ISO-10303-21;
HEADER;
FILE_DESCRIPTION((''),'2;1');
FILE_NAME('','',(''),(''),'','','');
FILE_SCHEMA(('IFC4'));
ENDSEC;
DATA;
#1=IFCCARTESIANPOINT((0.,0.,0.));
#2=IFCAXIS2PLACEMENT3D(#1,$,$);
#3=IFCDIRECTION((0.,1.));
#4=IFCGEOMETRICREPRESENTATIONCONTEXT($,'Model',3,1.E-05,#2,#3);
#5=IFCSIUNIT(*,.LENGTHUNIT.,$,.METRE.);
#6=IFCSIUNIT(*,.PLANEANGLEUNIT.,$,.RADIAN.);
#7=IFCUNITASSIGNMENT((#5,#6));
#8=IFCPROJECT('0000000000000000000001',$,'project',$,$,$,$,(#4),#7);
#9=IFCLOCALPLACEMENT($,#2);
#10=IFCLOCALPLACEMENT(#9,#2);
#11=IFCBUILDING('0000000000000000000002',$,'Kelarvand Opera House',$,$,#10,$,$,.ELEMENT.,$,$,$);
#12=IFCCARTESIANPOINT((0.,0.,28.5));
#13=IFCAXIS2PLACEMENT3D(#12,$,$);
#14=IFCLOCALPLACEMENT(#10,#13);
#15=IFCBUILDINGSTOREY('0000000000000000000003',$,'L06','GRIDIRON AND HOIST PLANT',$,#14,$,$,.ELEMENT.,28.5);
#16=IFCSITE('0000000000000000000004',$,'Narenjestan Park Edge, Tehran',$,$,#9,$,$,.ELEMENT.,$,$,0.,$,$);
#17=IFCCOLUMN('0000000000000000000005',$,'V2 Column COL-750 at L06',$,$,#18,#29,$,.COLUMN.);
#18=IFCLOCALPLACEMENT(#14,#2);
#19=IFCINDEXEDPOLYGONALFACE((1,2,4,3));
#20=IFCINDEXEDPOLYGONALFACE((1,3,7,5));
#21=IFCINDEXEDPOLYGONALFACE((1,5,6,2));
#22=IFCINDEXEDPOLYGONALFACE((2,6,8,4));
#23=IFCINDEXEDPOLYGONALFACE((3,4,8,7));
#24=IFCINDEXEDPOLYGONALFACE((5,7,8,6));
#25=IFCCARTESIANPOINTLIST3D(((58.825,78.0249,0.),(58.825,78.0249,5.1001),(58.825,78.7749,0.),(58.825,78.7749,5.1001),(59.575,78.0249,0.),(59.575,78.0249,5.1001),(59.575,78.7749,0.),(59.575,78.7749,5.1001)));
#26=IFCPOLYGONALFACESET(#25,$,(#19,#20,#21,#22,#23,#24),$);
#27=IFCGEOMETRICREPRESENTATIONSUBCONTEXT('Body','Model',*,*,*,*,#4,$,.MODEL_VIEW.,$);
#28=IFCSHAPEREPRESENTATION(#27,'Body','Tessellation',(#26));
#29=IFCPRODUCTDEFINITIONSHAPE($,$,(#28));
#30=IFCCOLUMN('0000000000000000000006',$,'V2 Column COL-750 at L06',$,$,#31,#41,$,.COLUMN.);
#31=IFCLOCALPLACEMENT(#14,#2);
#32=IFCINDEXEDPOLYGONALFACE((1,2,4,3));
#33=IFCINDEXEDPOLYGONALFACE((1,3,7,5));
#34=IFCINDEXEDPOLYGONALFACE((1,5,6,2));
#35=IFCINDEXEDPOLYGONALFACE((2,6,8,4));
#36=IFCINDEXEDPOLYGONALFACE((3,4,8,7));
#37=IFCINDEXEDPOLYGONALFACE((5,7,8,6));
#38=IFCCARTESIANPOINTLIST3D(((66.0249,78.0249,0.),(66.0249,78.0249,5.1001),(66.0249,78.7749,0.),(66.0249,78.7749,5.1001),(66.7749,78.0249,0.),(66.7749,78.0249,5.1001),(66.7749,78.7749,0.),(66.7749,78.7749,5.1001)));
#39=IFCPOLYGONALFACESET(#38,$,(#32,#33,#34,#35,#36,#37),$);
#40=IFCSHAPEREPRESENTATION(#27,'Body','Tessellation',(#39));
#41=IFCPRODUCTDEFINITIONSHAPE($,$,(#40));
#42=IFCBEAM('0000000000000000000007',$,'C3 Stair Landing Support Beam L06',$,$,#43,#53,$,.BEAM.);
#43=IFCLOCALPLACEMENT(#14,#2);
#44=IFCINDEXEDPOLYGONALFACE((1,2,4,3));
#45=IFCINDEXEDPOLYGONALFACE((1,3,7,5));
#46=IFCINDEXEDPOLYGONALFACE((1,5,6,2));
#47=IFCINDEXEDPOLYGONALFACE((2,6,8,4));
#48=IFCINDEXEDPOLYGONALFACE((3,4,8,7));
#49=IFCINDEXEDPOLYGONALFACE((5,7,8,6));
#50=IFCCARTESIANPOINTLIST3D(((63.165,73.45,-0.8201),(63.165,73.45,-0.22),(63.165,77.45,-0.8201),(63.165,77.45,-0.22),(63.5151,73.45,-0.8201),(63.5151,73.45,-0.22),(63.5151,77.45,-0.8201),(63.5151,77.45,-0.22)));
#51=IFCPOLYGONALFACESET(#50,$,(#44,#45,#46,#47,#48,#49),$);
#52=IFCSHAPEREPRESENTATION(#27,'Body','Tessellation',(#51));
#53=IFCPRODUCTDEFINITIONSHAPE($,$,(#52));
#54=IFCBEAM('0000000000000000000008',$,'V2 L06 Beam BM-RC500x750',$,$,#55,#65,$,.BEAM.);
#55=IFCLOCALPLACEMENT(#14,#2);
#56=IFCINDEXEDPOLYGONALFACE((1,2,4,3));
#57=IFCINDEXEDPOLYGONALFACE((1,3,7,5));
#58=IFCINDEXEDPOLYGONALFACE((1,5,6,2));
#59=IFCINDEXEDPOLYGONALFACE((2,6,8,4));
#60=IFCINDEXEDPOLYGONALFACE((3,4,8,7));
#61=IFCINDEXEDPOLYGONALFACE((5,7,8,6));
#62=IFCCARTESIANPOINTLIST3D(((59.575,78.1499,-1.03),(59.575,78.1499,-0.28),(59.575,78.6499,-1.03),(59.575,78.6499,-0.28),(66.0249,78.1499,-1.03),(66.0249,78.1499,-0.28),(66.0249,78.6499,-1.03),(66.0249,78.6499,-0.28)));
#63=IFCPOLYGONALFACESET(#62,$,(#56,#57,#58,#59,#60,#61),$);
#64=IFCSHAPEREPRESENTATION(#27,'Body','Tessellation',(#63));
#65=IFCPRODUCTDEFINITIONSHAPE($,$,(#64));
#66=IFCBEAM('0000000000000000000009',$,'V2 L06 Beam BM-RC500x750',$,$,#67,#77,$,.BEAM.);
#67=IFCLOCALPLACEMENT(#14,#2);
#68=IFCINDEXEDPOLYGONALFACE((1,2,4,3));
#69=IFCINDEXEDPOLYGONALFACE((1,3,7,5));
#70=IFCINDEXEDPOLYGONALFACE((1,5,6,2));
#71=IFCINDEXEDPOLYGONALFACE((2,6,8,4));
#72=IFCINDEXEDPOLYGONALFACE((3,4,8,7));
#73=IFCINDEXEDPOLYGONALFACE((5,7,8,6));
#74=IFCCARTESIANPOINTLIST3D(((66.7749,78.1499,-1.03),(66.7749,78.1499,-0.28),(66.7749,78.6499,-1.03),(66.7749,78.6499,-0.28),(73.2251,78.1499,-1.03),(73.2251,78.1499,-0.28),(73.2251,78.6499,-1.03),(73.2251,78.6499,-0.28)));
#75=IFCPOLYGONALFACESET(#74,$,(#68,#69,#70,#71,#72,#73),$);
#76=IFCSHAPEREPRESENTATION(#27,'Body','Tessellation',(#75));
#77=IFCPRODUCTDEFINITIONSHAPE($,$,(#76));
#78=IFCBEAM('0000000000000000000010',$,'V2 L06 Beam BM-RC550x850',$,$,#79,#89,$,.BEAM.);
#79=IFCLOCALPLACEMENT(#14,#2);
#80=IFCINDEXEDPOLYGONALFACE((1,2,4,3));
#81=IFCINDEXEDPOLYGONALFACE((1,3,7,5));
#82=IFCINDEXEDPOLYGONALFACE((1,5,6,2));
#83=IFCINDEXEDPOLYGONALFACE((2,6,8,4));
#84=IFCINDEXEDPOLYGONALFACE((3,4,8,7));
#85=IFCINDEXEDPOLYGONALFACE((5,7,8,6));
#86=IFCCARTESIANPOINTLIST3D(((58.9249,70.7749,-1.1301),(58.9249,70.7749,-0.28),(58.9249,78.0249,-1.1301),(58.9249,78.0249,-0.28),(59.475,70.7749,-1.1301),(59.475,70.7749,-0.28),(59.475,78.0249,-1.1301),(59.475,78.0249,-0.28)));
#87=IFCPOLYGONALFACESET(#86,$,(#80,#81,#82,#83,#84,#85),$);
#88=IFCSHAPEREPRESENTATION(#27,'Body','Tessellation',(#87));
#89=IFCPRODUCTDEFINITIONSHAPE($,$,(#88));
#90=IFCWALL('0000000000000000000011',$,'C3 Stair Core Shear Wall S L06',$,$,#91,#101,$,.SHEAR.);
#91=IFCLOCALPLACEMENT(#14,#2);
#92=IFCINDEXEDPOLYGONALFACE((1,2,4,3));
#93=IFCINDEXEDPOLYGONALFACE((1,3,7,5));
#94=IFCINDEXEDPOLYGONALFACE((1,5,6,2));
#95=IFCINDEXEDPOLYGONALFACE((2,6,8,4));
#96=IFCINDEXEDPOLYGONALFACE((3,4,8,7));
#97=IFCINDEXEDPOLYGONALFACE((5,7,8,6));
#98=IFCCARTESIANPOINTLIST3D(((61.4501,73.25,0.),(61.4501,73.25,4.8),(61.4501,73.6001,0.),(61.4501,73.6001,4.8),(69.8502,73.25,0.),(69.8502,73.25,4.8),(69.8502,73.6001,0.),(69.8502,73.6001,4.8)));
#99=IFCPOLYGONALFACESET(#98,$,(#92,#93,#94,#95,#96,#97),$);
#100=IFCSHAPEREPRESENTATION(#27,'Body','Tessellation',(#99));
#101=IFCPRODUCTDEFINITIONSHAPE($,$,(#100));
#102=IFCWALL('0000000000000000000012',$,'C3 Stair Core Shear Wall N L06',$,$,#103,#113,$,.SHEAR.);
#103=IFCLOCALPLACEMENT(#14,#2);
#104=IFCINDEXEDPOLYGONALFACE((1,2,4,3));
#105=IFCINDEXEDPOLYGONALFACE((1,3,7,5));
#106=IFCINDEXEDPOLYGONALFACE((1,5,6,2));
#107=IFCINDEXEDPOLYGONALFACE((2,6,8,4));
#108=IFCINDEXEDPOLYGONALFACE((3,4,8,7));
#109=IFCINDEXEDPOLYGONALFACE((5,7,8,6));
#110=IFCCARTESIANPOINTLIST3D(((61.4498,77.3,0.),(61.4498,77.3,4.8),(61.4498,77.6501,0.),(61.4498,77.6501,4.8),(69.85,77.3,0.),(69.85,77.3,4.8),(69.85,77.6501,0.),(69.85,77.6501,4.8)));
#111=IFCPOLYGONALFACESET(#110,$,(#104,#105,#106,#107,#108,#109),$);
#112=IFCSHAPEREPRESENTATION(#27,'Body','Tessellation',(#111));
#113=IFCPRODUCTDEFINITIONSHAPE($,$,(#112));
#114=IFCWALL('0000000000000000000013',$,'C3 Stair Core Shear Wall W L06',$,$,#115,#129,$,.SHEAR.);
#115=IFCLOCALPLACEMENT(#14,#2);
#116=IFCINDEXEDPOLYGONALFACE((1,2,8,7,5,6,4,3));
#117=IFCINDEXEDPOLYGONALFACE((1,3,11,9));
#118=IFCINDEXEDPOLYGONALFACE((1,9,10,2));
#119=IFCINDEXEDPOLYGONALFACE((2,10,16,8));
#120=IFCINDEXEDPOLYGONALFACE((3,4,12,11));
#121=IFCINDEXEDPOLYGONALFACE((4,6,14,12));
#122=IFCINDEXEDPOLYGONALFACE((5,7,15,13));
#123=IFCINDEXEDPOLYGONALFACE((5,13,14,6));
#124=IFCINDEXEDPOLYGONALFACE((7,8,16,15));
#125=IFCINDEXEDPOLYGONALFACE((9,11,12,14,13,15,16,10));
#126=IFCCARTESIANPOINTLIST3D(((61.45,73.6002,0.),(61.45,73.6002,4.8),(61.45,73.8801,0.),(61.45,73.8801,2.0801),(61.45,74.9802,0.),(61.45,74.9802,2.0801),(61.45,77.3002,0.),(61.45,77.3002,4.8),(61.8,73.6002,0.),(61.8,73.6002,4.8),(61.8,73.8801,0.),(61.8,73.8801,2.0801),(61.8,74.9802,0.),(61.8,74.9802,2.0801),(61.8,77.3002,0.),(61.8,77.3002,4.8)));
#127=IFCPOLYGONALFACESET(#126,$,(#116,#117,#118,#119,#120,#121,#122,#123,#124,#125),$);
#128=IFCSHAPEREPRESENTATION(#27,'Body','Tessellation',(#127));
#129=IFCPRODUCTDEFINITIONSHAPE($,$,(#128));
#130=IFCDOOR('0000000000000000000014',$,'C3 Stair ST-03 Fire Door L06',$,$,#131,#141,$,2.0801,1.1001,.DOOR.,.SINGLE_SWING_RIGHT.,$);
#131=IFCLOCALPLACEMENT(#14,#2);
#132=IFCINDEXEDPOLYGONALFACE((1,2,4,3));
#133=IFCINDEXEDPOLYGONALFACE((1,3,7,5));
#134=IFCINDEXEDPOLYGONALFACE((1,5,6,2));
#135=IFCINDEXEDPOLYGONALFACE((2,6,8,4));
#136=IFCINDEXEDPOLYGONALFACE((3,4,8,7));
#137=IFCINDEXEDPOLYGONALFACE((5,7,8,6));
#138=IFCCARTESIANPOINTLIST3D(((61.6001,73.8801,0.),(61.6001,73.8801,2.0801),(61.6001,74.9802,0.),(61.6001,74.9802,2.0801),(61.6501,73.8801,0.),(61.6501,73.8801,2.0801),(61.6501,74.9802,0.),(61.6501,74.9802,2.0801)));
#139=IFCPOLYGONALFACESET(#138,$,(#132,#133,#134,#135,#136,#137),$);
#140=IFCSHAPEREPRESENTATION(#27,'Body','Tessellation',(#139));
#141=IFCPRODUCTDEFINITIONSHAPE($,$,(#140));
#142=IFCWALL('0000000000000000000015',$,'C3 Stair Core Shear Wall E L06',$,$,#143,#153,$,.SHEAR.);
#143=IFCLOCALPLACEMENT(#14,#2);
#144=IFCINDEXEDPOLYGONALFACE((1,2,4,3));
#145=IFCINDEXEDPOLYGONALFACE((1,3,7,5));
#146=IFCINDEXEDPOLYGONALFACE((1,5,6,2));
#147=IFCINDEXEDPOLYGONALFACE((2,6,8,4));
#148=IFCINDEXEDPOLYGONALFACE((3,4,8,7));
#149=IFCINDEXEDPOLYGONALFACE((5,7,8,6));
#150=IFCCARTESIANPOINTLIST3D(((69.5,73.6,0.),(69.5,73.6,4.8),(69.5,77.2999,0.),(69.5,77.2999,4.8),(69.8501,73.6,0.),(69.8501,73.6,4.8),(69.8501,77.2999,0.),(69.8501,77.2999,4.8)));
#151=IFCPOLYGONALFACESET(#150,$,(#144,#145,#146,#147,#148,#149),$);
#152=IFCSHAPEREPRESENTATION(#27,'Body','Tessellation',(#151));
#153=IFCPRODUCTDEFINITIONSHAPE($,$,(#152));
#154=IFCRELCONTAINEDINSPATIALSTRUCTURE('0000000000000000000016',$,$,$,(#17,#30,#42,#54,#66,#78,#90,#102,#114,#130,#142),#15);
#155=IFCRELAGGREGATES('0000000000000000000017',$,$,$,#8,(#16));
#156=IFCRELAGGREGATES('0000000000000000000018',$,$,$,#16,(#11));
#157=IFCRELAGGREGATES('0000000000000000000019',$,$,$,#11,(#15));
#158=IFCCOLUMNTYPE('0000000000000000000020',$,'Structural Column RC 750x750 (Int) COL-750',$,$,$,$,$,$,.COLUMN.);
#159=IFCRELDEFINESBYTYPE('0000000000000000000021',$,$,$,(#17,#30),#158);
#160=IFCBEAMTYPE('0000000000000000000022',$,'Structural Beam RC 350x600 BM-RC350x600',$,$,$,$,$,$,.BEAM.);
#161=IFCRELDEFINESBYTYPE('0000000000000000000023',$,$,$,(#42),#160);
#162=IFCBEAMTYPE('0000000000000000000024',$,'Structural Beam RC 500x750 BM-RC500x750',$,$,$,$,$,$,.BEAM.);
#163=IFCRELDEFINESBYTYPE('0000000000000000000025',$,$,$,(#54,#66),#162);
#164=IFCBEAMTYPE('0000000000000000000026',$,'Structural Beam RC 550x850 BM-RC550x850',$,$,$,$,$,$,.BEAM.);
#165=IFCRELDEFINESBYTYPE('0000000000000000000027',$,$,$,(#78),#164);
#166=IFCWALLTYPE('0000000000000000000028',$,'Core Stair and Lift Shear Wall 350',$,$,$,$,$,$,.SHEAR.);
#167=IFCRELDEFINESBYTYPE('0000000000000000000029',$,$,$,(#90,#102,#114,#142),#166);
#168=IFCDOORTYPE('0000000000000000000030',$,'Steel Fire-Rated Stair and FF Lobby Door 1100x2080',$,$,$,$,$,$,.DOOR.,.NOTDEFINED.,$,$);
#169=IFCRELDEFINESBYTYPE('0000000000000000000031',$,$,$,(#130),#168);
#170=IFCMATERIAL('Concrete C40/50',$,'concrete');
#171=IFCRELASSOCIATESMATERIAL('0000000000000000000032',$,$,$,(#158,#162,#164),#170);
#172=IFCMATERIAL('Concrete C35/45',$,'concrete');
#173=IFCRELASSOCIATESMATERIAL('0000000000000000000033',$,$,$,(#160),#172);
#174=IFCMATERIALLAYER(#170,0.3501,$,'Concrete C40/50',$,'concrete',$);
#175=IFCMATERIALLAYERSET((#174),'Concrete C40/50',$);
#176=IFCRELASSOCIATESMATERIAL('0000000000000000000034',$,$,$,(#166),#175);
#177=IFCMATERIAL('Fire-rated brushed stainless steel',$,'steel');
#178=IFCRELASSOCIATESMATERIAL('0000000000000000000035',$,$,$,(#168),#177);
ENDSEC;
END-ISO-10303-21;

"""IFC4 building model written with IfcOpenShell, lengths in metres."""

from ifc_helpers import new_model, si_unit, direction, frame, frame_2d, origin, origin_2d, place, context, subcontext, project, spatial, rectangle, extrude, material, layer, layer_set, material_profile, profile_set, type_object, element, fill, save


model = new_model("IFC4")

# Units and contexts
model_context = context("Model", 3, precision=1e-05, world=origin(), true_north=direction((0.0, 1.0)))
body_context = subcontext(model_context, "Body", "Model", "MODEL_VIEW")
ifc_project = project(units=[si_unit("LENGTHUNIT", "METRE"), si_unit("PLANEANGLEUNIT", "RADIAN")], contexts=[model_context])

# Site, building, storey
site_placement = place(None, origin())
site = spatial("IfcSite", under=ifc_project, at=site_placement, Name="Narenjestan Park Edge, Tehran", CompositionType="ELEMENT", RefElevation=0.0)
building_placement = place(site_placement, origin())
building = spatial("IfcBuilding", under=site, at=building_placement, Name="Kelarvand Opera House", CompositionType="ELEMENT")
storey_placement = place(building_placement, frame((0.0, 0.0, 28.5)))
storey = spatial("IfcBuildingStorey", under=building, at=storey_placement, Name="L06", Description="GRIDIRON AND HOIST PLANT", CompositionType="ELEMENT", Elevation=28.5)

# Columns
ifc_material_1 = material(Name="Concrete C40/50", Category="concrete")
ifc_material_profile_1 = material_profile(ifc_material_1, rectangle(XDim=0.75, YDim=0.75, at=origin_2d()), Name="RC 750x750", Category="concrete")
ifc_profile_set_1 = profile_set([ifc_material_profile_1], Name="Concrete C40/50")
column_type = type_object("IfcColumnType", Name="Structural Column RC 750x750 (Int) COL-750", PredefinedType="COLUMN", material=ifc_profile_set_1)
for number, where, z_axis, x_axis, name in (
    (1, (59.2, 78.3999, 0.0), (0.0, 0.0, 1.0), (1.0, 0.0, 0.0), "V2 Column COL-750 at L06"),
    (2, (66.3999, 78.3999, 0.0), (0.0, 0.0, 1.0), (1.0, 0.0, 0.0), "V2 Column COL-750 at L06"),
):
    element("IfcColumn", number, at=place(storey_placement, frame(where, z_axis=z_axis, x_axis=x_axis)), inside=storey, type_object=column_type, Name=name, PredefinedType="COLUMN", context=body_context, shape_type="SweptSolid", body=[
        extrude(rectangle(XDim=0.75, YDim=0.75, at=origin_2d()), origin(), (0.0, 0.0, 1.0), 5.1001),
    ])

# Beams
ifc_material_2 = material(Name="Concrete C35/45", Category="concrete")
ifc_material_profile_2 = material_profile(ifc_material_2, rectangle(XDim=0.3501, YDim=0.6001, at=origin_2d()), Name="RC 350x600", Category="concrete")
ifc_profile_set_2 = profile_set([ifc_material_profile_2], Name="Concrete C35/45")
beam_type_1 = type_object("IfcBeamType", Name="Structural Beam RC 350x600 BM-RC350x600", PredefinedType="BEAM", material=ifc_profile_set_2)
beam_1_placement = place(storey_placement, frame((63.3401, 73.45, -0.52), z_axis=(0.0, 1.0, 0.0), x_axis=(-1.0, 0.0, 0.0)))
element("IfcBeam", 3, at=beam_1_placement, inside=storey, type_object=beam_type_1, Name="C3 Stair Landing Support Beam L06", PredefinedType="BEAM", context=body_context, shape_type="SweptSolid", body=[
    extrude(rectangle(XDim=0.3501, YDim=0.6001, at=origin_2d()), origin(), (0.0, 0.0, 1.0), 4.0),
])
ifc_material_profile_3 = material_profile(ifc_material_1, rectangle(XDim=0.5, YDim=0.75, at=origin_2d()), Name="RC 500x750", Category="concrete")
ifc_profile_set_3 = profile_set([ifc_material_profile_3], Name="Concrete C40/50")
beam_type_2 = type_object("IfcBeamType", Name="Structural Beam RC 500x750 BM-RC500x750", PredefinedType="BEAM", material=ifc_profile_set_3)
beam_2_placement = place(storey_placement, frame((59.575, 78.3999, -0.655), z_axis=(1.0, 0.0, 0.0), x_axis=(0.0, 1.0, 0.0)))
element("IfcBeam", 4, at=beam_2_placement, inside=storey, type_object=beam_type_2, Name="V2 L06 Beam BM-RC500x750", PredefinedType="BEAM", context=body_context, shape_type="SweptSolid", body=[
    extrude(rectangle(XDim=0.5, YDim=0.75, at=origin_2d()), origin(), (0.0, 0.0, 1.0), 6.45),
])
beam_3_placement = place(storey_placement, frame((66.7749, 78.3999, -0.655), z_axis=(1.0, 0.0, 0.0), x_axis=(0.0, 1.0, 0.0)))
element("IfcBeam", 5, at=beam_3_placement, inside=storey, type_object=beam_type_2, Name="V2 L06 Beam BM-RC500x750", PredefinedType="BEAM", context=body_context, shape_type="SweptSolid", body=[
    extrude(rectangle(XDim=0.5, YDim=0.75, at=origin_2d()), origin(), (0.0, 0.0, 1.0), 6.4502),
])
ifc_material_profile_4 = material_profile(ifc_material_1, rectangle(XDim=0.55, YDim=0.8501, at=origin_2d()), Name="RC 550x850", Category="concrete")
ifc_profile_set_4 = profile_set([ifc_material_profile_4], Name="Concrete C40/50")
beam_type_3 = type_object("IfcBeamType", Name="Structural Beam RC 550x850 BM-RC550x850", PredefinedType="BEAM", material=ifc_profile_set_4)
beam_4_placement = place(storey_placement, frame((59.2, 70.7749, -0.7051), z_axis=(0.0, 1.0, 0.0), x_axis=(-1.0, 0.0, 0.0)))
element("IfcBeam", 6, at=beam_4_placement, inside=storey, type_object=beam_type_3, Name="V2 L06 Beam BM-RC550x850", PredefinedType="BEAM", context=body_context, shape_type="SweptSolid", body=[
    extrude(rectangle(XDim=0.55, YDim=0.8501, at=origin_2d()), origin(), (0.0, 0.0, 1.0), 7.25),
])

# Walls
ifc_layer_1 = layer(ifc_material_1, 0.3501, Name="Concrete C40/50", Category="concrete")
ifc_layer_set_1 = layer_set([ifc_layer_1], Name="Concrete C40/50")
wall_type_1 = type_object("IfcWallType", Name="Core Stair and Lift Shear Wall 350", PredefinedType="SHEAR", material=ifc_layer_set_1)
for number, where, z_axis, x_axis, name in (
    (7, (61.45, 73.425, 0.0), (0.0, 0.0, 1.0), (1.0, 0.0, 0.0), "C3 Stair Core Shear Wall S L06"),
    (8, (69.8501, 77.4751, 0.0), (0.0, 0.0, 1.0), (-1.0, 0.0, 0.0), "C3 Stair Core Shear Wall N L06"),
):
    element("IfcWall", number, at=place(storey_placement, frame(where, z_axis=z_axis, x_axis=x_axis)), inside=storey, type_object=wall_type_1, Name=name, PredefinedType="SHEAR", context=body_context, shape_type="SweptSolid", body=[
        extrude(rectangle(XDim=8.4001, YDim=0.3501, at=frame_2d((4.2002, 0.0))), origin(), (0.0, 0.0, 1.0), 4.8),
    ])

# Wall, opening, door
wall_1_placement = place(storey_placement, frame((61.625, 73.6001, 0.0), z_axis=(0.0, 0.0, 1.0), x_axis=(0.0, 1.0, 0.0)))
wall_1 = element("IfcWall", 9, at=wall_1_placement, inside=storey, type_object=wall_type_1, Name="C3 Stair Core Shear Wall W L06", PredefinedType="SHEAR", context=body_context, shape_type="SweptSolid", body=[
    extrude(rectangle(XDim=3.7, YDim=0.3501, at=frame_2d((1.8501, 0.0))), origin(), (0.0, 0.0, 1.0), 4.8),
])
opening_1_placement = place(wall_1_placement, frame((0.28, 0.0, 0.0)))
opening_1 = element("IfcOpeningElement", 10, at=opening_1_placement, cuts=wall_1, PredefinedType="OPENING", context=body_context, shape_type="SweptSolid", body=[
    extrude(rectangle(XDim=1.1001, YDim=2.0801, at=frame_2d((0.55, 1.04))), frame((0.0, 0.1851, 0.0), z_axis=(0.0, -1.0, 0.0), x_axis=(1.0, 0.0, 0.0)), (0.0, 0.0, 1.0), 0.3701),
])
ifc_material_3 = material(Name="Fire-rated brushed stainless steel", Category="steel")
door_type = type_object("IfcDoorType", Name="Steel Fire-Rated Stair and FF Lobby Door 1100x2080", OperationType="NOTDEFINED", PredefinedType="DOOR", material=ifc_material_3)
door_placement = place(opening_1_placement, origin())
door = element("IfcDoor", 11, at=door_placement, inside=storey, type_object=door_type, Name="C3 Stair ST-03 Fire Door L06", OperationType="SINGLE_SWING_RIGHT", OverallHeight=2.0801, OverallWidth=1.1001, PredefinedType="DOOR", context=body_context, shape_type="SweptSolid", body=[
    extrude(rectangle(XDim=1.1001, YDim=2.0801, at=frame_2d((0.55, 1.04))), frame((0.0, 0.0249, 0.0), z_axis=(0.0, -1.0, 0.0), x_axis=(1.0, 0.0, 0.0)), (0.0, 0.0, 1.0), 0.05),
])
fill(opening_1, door)

# Wall
wall_2_placement = place(storey_placement, frame((69.675, 77.3, 0.0), z_axis=(0.0, 0.0, 1.0), x_axis=(0.0, -1.0, 0.0)))
element("IfcWall", 12, at=wall_2_placement, inside=storey, type_object=wall_type_1, Name="C3 Stair Core Shear Wall E L06", PredefinedType="SHEAR", context=body_context, shape_type="SweptSolid", body=[
    extrude(rectangle(XDim=3.7, YDim=0.3501, at=frame_2d((1.8501, 0.0))), origin(), (0.0, 0.0, 1.0), 4.8),
])

save(model, "model.ifc")
